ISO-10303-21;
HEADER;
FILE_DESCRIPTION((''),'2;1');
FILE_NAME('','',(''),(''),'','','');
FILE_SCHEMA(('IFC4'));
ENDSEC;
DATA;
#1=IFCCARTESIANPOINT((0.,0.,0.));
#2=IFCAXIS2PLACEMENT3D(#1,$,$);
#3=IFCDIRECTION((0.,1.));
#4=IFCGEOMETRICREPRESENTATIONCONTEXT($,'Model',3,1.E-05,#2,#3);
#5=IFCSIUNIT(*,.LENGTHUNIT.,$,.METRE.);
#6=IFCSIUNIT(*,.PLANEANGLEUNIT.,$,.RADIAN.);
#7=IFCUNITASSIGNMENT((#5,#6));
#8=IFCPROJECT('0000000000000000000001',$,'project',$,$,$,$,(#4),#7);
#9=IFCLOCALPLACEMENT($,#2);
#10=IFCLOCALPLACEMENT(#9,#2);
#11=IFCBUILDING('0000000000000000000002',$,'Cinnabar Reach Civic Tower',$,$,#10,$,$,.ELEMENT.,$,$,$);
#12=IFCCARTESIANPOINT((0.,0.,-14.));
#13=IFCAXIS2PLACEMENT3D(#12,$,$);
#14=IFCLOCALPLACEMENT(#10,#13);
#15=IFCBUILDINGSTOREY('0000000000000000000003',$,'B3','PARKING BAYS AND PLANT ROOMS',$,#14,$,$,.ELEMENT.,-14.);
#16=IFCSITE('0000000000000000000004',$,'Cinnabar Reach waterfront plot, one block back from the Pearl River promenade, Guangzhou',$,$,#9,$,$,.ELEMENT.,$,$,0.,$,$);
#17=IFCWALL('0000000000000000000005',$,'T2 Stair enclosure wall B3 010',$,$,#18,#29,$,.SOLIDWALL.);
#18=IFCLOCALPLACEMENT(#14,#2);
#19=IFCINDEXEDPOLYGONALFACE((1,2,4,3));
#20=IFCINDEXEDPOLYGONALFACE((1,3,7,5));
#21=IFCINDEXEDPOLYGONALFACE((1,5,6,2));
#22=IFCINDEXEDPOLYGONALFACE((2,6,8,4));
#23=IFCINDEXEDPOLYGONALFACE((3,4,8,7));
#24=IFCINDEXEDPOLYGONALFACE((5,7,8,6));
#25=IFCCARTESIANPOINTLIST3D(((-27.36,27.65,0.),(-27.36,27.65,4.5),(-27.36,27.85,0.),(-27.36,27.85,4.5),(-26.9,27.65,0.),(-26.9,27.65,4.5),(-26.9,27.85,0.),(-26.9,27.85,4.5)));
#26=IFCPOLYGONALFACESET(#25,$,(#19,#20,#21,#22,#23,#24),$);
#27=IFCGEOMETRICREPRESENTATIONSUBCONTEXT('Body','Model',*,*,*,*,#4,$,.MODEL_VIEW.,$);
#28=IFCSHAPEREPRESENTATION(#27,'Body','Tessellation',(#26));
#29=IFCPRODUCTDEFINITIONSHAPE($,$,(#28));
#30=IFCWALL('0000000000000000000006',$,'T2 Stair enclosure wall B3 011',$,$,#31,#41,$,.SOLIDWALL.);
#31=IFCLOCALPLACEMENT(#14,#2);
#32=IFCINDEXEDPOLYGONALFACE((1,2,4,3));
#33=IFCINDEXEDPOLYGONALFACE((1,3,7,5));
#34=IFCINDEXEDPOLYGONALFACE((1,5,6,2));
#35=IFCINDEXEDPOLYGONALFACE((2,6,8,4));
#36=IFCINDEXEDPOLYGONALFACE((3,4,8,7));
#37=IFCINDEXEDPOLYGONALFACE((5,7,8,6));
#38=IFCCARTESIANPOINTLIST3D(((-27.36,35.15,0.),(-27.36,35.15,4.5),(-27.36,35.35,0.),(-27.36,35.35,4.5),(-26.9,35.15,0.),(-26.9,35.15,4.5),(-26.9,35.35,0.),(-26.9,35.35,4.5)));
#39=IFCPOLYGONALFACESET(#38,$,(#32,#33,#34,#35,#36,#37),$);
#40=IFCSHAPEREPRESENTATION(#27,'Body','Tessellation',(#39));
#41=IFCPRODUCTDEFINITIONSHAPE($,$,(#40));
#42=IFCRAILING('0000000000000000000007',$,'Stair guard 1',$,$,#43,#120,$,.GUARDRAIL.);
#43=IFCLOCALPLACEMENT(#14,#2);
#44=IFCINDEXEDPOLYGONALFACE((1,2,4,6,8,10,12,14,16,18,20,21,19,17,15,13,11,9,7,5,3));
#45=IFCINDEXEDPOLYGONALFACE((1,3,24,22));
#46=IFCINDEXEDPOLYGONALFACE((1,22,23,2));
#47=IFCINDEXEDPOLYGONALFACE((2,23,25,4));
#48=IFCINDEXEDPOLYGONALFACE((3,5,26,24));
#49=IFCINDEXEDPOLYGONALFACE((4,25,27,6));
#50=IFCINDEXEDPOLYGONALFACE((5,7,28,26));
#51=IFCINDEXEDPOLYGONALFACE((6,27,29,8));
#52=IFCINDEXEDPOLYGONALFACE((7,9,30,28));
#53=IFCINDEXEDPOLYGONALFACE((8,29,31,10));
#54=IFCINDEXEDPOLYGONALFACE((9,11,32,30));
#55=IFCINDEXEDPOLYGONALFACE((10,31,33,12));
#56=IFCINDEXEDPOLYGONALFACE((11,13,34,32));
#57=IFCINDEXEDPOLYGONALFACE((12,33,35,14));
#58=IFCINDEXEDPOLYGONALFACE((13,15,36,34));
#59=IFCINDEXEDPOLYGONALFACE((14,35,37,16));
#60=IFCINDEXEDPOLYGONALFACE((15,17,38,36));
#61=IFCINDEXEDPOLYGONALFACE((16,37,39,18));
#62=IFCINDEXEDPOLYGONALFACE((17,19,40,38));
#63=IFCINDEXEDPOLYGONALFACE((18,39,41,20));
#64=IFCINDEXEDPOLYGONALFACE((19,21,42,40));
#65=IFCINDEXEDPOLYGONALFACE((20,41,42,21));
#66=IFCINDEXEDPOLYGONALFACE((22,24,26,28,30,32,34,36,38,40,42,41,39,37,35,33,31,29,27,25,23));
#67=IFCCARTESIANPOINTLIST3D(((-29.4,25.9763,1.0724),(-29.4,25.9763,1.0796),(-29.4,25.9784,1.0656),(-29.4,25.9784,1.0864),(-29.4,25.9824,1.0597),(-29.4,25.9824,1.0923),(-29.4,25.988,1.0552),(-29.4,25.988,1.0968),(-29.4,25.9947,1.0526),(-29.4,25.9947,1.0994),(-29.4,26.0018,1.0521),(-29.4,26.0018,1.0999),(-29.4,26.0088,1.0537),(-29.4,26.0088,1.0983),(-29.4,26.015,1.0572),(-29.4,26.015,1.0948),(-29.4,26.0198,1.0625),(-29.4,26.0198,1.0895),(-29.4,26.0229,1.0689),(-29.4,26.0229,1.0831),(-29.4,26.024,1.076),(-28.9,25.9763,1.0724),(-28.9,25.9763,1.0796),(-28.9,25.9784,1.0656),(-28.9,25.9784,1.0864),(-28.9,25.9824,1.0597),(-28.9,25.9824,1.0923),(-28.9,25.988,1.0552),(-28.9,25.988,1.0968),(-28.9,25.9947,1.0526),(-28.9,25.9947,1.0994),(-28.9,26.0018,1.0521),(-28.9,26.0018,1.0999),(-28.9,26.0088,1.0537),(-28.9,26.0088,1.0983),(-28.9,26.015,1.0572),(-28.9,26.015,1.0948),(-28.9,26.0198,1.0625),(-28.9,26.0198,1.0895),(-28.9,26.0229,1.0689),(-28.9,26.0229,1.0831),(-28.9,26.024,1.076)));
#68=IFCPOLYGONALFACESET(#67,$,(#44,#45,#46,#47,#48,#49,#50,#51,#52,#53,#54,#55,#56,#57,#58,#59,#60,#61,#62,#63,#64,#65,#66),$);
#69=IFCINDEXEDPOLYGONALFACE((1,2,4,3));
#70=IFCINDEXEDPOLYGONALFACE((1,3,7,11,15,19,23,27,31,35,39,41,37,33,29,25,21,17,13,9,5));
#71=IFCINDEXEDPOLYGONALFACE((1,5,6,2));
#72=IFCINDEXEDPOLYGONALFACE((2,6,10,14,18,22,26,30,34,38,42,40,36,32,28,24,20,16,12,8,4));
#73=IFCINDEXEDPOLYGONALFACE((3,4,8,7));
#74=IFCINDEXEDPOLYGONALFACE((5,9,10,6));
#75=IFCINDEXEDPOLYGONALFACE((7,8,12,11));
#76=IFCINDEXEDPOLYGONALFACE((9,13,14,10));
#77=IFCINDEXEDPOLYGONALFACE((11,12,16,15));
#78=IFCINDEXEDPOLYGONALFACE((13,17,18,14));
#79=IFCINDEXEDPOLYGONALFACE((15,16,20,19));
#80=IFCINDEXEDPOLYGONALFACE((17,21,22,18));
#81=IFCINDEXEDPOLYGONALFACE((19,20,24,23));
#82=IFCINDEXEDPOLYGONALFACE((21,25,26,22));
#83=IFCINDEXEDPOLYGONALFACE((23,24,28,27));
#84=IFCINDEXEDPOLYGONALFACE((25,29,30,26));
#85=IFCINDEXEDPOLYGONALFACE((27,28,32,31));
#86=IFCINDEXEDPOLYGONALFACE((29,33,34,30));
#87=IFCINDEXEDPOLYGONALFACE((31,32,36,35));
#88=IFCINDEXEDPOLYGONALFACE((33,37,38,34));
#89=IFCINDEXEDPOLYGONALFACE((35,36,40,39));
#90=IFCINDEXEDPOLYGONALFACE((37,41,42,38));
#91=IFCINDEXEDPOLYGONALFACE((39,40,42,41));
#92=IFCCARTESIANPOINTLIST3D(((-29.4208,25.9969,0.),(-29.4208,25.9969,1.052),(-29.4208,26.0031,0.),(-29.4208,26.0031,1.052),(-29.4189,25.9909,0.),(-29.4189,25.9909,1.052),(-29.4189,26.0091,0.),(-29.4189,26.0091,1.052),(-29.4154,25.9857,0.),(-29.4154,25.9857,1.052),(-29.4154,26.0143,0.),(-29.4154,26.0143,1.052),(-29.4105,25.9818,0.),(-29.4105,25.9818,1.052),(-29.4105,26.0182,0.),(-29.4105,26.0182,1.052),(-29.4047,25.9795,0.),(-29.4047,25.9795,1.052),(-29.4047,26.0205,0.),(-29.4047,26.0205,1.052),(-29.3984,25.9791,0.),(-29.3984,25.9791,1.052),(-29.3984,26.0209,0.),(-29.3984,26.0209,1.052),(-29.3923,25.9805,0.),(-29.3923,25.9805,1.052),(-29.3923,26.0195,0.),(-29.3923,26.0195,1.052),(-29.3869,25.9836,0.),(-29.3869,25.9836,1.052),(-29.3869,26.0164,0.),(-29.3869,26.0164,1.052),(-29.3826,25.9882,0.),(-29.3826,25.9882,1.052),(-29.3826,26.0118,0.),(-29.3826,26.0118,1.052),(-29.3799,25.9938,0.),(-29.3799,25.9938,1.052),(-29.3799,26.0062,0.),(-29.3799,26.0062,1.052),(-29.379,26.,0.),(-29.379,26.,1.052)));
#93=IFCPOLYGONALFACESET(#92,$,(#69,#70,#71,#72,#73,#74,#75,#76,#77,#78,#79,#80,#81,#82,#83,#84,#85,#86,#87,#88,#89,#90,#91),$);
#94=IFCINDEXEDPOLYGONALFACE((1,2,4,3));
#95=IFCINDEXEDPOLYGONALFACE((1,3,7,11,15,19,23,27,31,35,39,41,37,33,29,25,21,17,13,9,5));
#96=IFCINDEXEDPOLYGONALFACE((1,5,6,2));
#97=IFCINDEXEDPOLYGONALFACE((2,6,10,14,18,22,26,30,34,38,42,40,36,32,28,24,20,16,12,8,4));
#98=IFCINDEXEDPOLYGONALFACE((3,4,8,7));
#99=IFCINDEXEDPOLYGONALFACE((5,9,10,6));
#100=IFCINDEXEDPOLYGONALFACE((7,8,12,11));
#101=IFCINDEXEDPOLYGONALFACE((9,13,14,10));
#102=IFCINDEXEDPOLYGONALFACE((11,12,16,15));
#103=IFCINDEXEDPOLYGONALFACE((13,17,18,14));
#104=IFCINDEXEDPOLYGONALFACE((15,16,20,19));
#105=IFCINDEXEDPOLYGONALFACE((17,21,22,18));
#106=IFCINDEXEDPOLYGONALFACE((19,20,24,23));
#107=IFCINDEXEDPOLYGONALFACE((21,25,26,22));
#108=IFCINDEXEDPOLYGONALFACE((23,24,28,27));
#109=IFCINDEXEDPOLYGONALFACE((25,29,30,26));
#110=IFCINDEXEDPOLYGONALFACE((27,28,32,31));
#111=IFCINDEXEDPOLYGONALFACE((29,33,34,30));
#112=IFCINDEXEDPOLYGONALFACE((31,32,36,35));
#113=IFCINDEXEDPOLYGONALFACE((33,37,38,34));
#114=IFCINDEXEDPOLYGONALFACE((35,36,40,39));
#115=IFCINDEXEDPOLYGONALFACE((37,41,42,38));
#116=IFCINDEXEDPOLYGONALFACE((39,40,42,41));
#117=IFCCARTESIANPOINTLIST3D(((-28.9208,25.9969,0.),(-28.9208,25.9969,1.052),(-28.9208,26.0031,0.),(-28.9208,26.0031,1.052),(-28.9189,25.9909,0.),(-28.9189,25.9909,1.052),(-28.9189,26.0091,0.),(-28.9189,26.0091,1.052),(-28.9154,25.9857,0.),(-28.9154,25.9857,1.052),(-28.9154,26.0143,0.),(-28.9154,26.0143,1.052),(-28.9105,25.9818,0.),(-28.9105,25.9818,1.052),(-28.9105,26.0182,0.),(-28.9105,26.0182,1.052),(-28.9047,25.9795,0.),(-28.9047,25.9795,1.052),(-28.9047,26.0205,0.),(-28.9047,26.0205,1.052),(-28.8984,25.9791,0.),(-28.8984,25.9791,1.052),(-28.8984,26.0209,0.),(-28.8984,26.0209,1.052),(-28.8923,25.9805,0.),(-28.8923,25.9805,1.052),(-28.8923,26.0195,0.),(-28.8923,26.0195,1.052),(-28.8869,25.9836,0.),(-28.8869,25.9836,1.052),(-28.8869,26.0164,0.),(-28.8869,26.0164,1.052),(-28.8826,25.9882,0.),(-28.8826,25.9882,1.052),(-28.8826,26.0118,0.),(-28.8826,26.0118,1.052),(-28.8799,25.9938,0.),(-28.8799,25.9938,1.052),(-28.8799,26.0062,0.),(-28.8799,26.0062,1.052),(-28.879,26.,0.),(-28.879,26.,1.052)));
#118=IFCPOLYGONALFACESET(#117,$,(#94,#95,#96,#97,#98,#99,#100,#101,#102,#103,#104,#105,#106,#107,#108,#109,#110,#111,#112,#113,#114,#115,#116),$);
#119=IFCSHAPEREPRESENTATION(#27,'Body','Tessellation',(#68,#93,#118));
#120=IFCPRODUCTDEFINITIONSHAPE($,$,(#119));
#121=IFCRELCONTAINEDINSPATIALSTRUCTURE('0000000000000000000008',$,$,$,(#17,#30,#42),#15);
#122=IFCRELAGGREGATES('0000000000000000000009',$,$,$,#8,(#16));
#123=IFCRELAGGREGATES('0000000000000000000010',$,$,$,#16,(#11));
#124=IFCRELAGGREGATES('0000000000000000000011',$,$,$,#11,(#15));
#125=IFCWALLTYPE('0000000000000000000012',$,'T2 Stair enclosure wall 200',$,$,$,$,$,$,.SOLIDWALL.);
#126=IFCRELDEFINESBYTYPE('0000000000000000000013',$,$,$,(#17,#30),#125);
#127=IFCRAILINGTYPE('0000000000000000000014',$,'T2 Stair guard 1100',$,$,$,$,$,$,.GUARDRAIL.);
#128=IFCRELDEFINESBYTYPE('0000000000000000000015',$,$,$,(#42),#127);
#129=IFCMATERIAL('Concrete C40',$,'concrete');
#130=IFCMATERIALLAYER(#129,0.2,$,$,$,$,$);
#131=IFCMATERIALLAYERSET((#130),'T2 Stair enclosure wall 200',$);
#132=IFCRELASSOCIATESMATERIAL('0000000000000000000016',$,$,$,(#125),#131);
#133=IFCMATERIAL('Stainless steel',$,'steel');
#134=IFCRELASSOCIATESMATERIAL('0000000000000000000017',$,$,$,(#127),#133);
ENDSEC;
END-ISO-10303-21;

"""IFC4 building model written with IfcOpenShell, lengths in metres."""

from ifc_helpers import new_model, si_unit, direction, frame, frame_2d, origin, origin_2d, place, context, subcontext, project, spatial, rectangle, circle, extrude, material, layer, layer_set, type_object, element, save


model = new_model("IFC4")

# Units and contexts
model_context = context("Model", 3, precision=1e-05, world=origin(), true_north=direction((0.0, 1.0)))
body_context = subcontext(model_context, "Body", "Model", "MODEL_VIEW")
ifc_project = project(units=[si_unit("LENGTHUNIT", "METRE"), si_unit("PLANEANGLEUNIT", "RADIAN")], contexts=[model_context])

# Site, building, storey
site_placement = place(None, origin())
site = spatial("IfcSite", under=ifc_project, at=site_placement, Name="Cinnabar Reach waterfront plot, one block back from the Pearl River promenade, Guangzhou", CompositionType="ELEMENT", RefElevation=0.0)
building_placement = place(site_placement, origin())
building = spatial("IfcBuilding", under=site, at=building_placement, Name="Cinnabar Reach Civic Tower", CompositionType="ELEMENT")
storey_placement = place(building_placement, frame((0.0, 0.0, -14.0)))
storey = spatial("IfcBuildingStorey", under=building, at=storey_placement, Name="B3", Description="PARKING BAYS AND PLANT ROOMS", CompositionType="ELEMENT", Elevation=-14.0)

# Shared definitions
ifc_material_1 = material(Name="Concrete C40", Category="concrete")

# Walls
ifc_layer_1 = layer(ifc_material_1, 0.2)
ifc_layer_set_1 = layer_set([ifc_layer_1], Name="T2 Stair enclosure wall 200")
wall_type_1 = type_object("IfcWallType", Name="T2 Stair enclosure wall 200", PredefinedType="SOLIDWALL", material=ifc_layer_set_1)
for number, where, z_axis, x_axis, name in (
    (1, (-27.36, 27.75, 0.0), (0.0, 0.0, 1.0), (1.0, 0.0, 0.0), "T2 Stair enclosure wall B3 010"),
    (2, (-26.9, 35.25, 0.0), (0.0, 0.0, 1.0), (-1.0, 0.0, 0.0), "T2 Stair enclosure wall B3 011"),
):
    element("IfcWall", number, at=place(storey_placement, frame(where, z_axis=z_axis, x_axis=x_axis)), inside=storey, type_object=wall_type_1, Name=name, PredefinedType="SOLIDWALL", context=body_context, shape_type="SweptSolid", body=[
        extrude(rectangle(XDim=0.46, YDim=0.2, at=frame_2d((0.23, 0.0))), origin(), (0.0, 0.0, 1.0), 4.5),
    ])

# Railing
ifc_material_2 = material(Name="Stainless steel", Category="steel")
railing_type = type_object("IfcRailingType", Name="T2 Stair guard 1100", PredefinedType="GUARDRAIL", material=ifc_material_2)
railing_1_placement = place(storey_placement, frame((-29.4, 26.0, 0.0)))
element("IfcRailing", 3, at=railing_1_placement, inside=storey, type_object=railing_type, Name="Stair guard 1", PredefinedType="GUARDRAIL", context=body_context, shape_type="SweptSolid", body=[
    extrude(circle(Radius=0.024, at=origin_2d()), frame((0.0, 0.0, 1.076), z_axis=(1.0, 0.0, 0.0), x_axis=(0.0, 1.0, 0.0)), (0.0, 0.0, 1.0), 0.5),
    extrude(circle(Radius=0.021, at=origin_2d()), origin(), (0.0, 0.0, 1.0), 1.052),
    extrude(circle(Radius=0.021, at=origin_2d()), frame((0.5, 0.0, 0.0)), (0.0, 0.0, 1.0), 1.052),
])

save(model, "model.ifc")
